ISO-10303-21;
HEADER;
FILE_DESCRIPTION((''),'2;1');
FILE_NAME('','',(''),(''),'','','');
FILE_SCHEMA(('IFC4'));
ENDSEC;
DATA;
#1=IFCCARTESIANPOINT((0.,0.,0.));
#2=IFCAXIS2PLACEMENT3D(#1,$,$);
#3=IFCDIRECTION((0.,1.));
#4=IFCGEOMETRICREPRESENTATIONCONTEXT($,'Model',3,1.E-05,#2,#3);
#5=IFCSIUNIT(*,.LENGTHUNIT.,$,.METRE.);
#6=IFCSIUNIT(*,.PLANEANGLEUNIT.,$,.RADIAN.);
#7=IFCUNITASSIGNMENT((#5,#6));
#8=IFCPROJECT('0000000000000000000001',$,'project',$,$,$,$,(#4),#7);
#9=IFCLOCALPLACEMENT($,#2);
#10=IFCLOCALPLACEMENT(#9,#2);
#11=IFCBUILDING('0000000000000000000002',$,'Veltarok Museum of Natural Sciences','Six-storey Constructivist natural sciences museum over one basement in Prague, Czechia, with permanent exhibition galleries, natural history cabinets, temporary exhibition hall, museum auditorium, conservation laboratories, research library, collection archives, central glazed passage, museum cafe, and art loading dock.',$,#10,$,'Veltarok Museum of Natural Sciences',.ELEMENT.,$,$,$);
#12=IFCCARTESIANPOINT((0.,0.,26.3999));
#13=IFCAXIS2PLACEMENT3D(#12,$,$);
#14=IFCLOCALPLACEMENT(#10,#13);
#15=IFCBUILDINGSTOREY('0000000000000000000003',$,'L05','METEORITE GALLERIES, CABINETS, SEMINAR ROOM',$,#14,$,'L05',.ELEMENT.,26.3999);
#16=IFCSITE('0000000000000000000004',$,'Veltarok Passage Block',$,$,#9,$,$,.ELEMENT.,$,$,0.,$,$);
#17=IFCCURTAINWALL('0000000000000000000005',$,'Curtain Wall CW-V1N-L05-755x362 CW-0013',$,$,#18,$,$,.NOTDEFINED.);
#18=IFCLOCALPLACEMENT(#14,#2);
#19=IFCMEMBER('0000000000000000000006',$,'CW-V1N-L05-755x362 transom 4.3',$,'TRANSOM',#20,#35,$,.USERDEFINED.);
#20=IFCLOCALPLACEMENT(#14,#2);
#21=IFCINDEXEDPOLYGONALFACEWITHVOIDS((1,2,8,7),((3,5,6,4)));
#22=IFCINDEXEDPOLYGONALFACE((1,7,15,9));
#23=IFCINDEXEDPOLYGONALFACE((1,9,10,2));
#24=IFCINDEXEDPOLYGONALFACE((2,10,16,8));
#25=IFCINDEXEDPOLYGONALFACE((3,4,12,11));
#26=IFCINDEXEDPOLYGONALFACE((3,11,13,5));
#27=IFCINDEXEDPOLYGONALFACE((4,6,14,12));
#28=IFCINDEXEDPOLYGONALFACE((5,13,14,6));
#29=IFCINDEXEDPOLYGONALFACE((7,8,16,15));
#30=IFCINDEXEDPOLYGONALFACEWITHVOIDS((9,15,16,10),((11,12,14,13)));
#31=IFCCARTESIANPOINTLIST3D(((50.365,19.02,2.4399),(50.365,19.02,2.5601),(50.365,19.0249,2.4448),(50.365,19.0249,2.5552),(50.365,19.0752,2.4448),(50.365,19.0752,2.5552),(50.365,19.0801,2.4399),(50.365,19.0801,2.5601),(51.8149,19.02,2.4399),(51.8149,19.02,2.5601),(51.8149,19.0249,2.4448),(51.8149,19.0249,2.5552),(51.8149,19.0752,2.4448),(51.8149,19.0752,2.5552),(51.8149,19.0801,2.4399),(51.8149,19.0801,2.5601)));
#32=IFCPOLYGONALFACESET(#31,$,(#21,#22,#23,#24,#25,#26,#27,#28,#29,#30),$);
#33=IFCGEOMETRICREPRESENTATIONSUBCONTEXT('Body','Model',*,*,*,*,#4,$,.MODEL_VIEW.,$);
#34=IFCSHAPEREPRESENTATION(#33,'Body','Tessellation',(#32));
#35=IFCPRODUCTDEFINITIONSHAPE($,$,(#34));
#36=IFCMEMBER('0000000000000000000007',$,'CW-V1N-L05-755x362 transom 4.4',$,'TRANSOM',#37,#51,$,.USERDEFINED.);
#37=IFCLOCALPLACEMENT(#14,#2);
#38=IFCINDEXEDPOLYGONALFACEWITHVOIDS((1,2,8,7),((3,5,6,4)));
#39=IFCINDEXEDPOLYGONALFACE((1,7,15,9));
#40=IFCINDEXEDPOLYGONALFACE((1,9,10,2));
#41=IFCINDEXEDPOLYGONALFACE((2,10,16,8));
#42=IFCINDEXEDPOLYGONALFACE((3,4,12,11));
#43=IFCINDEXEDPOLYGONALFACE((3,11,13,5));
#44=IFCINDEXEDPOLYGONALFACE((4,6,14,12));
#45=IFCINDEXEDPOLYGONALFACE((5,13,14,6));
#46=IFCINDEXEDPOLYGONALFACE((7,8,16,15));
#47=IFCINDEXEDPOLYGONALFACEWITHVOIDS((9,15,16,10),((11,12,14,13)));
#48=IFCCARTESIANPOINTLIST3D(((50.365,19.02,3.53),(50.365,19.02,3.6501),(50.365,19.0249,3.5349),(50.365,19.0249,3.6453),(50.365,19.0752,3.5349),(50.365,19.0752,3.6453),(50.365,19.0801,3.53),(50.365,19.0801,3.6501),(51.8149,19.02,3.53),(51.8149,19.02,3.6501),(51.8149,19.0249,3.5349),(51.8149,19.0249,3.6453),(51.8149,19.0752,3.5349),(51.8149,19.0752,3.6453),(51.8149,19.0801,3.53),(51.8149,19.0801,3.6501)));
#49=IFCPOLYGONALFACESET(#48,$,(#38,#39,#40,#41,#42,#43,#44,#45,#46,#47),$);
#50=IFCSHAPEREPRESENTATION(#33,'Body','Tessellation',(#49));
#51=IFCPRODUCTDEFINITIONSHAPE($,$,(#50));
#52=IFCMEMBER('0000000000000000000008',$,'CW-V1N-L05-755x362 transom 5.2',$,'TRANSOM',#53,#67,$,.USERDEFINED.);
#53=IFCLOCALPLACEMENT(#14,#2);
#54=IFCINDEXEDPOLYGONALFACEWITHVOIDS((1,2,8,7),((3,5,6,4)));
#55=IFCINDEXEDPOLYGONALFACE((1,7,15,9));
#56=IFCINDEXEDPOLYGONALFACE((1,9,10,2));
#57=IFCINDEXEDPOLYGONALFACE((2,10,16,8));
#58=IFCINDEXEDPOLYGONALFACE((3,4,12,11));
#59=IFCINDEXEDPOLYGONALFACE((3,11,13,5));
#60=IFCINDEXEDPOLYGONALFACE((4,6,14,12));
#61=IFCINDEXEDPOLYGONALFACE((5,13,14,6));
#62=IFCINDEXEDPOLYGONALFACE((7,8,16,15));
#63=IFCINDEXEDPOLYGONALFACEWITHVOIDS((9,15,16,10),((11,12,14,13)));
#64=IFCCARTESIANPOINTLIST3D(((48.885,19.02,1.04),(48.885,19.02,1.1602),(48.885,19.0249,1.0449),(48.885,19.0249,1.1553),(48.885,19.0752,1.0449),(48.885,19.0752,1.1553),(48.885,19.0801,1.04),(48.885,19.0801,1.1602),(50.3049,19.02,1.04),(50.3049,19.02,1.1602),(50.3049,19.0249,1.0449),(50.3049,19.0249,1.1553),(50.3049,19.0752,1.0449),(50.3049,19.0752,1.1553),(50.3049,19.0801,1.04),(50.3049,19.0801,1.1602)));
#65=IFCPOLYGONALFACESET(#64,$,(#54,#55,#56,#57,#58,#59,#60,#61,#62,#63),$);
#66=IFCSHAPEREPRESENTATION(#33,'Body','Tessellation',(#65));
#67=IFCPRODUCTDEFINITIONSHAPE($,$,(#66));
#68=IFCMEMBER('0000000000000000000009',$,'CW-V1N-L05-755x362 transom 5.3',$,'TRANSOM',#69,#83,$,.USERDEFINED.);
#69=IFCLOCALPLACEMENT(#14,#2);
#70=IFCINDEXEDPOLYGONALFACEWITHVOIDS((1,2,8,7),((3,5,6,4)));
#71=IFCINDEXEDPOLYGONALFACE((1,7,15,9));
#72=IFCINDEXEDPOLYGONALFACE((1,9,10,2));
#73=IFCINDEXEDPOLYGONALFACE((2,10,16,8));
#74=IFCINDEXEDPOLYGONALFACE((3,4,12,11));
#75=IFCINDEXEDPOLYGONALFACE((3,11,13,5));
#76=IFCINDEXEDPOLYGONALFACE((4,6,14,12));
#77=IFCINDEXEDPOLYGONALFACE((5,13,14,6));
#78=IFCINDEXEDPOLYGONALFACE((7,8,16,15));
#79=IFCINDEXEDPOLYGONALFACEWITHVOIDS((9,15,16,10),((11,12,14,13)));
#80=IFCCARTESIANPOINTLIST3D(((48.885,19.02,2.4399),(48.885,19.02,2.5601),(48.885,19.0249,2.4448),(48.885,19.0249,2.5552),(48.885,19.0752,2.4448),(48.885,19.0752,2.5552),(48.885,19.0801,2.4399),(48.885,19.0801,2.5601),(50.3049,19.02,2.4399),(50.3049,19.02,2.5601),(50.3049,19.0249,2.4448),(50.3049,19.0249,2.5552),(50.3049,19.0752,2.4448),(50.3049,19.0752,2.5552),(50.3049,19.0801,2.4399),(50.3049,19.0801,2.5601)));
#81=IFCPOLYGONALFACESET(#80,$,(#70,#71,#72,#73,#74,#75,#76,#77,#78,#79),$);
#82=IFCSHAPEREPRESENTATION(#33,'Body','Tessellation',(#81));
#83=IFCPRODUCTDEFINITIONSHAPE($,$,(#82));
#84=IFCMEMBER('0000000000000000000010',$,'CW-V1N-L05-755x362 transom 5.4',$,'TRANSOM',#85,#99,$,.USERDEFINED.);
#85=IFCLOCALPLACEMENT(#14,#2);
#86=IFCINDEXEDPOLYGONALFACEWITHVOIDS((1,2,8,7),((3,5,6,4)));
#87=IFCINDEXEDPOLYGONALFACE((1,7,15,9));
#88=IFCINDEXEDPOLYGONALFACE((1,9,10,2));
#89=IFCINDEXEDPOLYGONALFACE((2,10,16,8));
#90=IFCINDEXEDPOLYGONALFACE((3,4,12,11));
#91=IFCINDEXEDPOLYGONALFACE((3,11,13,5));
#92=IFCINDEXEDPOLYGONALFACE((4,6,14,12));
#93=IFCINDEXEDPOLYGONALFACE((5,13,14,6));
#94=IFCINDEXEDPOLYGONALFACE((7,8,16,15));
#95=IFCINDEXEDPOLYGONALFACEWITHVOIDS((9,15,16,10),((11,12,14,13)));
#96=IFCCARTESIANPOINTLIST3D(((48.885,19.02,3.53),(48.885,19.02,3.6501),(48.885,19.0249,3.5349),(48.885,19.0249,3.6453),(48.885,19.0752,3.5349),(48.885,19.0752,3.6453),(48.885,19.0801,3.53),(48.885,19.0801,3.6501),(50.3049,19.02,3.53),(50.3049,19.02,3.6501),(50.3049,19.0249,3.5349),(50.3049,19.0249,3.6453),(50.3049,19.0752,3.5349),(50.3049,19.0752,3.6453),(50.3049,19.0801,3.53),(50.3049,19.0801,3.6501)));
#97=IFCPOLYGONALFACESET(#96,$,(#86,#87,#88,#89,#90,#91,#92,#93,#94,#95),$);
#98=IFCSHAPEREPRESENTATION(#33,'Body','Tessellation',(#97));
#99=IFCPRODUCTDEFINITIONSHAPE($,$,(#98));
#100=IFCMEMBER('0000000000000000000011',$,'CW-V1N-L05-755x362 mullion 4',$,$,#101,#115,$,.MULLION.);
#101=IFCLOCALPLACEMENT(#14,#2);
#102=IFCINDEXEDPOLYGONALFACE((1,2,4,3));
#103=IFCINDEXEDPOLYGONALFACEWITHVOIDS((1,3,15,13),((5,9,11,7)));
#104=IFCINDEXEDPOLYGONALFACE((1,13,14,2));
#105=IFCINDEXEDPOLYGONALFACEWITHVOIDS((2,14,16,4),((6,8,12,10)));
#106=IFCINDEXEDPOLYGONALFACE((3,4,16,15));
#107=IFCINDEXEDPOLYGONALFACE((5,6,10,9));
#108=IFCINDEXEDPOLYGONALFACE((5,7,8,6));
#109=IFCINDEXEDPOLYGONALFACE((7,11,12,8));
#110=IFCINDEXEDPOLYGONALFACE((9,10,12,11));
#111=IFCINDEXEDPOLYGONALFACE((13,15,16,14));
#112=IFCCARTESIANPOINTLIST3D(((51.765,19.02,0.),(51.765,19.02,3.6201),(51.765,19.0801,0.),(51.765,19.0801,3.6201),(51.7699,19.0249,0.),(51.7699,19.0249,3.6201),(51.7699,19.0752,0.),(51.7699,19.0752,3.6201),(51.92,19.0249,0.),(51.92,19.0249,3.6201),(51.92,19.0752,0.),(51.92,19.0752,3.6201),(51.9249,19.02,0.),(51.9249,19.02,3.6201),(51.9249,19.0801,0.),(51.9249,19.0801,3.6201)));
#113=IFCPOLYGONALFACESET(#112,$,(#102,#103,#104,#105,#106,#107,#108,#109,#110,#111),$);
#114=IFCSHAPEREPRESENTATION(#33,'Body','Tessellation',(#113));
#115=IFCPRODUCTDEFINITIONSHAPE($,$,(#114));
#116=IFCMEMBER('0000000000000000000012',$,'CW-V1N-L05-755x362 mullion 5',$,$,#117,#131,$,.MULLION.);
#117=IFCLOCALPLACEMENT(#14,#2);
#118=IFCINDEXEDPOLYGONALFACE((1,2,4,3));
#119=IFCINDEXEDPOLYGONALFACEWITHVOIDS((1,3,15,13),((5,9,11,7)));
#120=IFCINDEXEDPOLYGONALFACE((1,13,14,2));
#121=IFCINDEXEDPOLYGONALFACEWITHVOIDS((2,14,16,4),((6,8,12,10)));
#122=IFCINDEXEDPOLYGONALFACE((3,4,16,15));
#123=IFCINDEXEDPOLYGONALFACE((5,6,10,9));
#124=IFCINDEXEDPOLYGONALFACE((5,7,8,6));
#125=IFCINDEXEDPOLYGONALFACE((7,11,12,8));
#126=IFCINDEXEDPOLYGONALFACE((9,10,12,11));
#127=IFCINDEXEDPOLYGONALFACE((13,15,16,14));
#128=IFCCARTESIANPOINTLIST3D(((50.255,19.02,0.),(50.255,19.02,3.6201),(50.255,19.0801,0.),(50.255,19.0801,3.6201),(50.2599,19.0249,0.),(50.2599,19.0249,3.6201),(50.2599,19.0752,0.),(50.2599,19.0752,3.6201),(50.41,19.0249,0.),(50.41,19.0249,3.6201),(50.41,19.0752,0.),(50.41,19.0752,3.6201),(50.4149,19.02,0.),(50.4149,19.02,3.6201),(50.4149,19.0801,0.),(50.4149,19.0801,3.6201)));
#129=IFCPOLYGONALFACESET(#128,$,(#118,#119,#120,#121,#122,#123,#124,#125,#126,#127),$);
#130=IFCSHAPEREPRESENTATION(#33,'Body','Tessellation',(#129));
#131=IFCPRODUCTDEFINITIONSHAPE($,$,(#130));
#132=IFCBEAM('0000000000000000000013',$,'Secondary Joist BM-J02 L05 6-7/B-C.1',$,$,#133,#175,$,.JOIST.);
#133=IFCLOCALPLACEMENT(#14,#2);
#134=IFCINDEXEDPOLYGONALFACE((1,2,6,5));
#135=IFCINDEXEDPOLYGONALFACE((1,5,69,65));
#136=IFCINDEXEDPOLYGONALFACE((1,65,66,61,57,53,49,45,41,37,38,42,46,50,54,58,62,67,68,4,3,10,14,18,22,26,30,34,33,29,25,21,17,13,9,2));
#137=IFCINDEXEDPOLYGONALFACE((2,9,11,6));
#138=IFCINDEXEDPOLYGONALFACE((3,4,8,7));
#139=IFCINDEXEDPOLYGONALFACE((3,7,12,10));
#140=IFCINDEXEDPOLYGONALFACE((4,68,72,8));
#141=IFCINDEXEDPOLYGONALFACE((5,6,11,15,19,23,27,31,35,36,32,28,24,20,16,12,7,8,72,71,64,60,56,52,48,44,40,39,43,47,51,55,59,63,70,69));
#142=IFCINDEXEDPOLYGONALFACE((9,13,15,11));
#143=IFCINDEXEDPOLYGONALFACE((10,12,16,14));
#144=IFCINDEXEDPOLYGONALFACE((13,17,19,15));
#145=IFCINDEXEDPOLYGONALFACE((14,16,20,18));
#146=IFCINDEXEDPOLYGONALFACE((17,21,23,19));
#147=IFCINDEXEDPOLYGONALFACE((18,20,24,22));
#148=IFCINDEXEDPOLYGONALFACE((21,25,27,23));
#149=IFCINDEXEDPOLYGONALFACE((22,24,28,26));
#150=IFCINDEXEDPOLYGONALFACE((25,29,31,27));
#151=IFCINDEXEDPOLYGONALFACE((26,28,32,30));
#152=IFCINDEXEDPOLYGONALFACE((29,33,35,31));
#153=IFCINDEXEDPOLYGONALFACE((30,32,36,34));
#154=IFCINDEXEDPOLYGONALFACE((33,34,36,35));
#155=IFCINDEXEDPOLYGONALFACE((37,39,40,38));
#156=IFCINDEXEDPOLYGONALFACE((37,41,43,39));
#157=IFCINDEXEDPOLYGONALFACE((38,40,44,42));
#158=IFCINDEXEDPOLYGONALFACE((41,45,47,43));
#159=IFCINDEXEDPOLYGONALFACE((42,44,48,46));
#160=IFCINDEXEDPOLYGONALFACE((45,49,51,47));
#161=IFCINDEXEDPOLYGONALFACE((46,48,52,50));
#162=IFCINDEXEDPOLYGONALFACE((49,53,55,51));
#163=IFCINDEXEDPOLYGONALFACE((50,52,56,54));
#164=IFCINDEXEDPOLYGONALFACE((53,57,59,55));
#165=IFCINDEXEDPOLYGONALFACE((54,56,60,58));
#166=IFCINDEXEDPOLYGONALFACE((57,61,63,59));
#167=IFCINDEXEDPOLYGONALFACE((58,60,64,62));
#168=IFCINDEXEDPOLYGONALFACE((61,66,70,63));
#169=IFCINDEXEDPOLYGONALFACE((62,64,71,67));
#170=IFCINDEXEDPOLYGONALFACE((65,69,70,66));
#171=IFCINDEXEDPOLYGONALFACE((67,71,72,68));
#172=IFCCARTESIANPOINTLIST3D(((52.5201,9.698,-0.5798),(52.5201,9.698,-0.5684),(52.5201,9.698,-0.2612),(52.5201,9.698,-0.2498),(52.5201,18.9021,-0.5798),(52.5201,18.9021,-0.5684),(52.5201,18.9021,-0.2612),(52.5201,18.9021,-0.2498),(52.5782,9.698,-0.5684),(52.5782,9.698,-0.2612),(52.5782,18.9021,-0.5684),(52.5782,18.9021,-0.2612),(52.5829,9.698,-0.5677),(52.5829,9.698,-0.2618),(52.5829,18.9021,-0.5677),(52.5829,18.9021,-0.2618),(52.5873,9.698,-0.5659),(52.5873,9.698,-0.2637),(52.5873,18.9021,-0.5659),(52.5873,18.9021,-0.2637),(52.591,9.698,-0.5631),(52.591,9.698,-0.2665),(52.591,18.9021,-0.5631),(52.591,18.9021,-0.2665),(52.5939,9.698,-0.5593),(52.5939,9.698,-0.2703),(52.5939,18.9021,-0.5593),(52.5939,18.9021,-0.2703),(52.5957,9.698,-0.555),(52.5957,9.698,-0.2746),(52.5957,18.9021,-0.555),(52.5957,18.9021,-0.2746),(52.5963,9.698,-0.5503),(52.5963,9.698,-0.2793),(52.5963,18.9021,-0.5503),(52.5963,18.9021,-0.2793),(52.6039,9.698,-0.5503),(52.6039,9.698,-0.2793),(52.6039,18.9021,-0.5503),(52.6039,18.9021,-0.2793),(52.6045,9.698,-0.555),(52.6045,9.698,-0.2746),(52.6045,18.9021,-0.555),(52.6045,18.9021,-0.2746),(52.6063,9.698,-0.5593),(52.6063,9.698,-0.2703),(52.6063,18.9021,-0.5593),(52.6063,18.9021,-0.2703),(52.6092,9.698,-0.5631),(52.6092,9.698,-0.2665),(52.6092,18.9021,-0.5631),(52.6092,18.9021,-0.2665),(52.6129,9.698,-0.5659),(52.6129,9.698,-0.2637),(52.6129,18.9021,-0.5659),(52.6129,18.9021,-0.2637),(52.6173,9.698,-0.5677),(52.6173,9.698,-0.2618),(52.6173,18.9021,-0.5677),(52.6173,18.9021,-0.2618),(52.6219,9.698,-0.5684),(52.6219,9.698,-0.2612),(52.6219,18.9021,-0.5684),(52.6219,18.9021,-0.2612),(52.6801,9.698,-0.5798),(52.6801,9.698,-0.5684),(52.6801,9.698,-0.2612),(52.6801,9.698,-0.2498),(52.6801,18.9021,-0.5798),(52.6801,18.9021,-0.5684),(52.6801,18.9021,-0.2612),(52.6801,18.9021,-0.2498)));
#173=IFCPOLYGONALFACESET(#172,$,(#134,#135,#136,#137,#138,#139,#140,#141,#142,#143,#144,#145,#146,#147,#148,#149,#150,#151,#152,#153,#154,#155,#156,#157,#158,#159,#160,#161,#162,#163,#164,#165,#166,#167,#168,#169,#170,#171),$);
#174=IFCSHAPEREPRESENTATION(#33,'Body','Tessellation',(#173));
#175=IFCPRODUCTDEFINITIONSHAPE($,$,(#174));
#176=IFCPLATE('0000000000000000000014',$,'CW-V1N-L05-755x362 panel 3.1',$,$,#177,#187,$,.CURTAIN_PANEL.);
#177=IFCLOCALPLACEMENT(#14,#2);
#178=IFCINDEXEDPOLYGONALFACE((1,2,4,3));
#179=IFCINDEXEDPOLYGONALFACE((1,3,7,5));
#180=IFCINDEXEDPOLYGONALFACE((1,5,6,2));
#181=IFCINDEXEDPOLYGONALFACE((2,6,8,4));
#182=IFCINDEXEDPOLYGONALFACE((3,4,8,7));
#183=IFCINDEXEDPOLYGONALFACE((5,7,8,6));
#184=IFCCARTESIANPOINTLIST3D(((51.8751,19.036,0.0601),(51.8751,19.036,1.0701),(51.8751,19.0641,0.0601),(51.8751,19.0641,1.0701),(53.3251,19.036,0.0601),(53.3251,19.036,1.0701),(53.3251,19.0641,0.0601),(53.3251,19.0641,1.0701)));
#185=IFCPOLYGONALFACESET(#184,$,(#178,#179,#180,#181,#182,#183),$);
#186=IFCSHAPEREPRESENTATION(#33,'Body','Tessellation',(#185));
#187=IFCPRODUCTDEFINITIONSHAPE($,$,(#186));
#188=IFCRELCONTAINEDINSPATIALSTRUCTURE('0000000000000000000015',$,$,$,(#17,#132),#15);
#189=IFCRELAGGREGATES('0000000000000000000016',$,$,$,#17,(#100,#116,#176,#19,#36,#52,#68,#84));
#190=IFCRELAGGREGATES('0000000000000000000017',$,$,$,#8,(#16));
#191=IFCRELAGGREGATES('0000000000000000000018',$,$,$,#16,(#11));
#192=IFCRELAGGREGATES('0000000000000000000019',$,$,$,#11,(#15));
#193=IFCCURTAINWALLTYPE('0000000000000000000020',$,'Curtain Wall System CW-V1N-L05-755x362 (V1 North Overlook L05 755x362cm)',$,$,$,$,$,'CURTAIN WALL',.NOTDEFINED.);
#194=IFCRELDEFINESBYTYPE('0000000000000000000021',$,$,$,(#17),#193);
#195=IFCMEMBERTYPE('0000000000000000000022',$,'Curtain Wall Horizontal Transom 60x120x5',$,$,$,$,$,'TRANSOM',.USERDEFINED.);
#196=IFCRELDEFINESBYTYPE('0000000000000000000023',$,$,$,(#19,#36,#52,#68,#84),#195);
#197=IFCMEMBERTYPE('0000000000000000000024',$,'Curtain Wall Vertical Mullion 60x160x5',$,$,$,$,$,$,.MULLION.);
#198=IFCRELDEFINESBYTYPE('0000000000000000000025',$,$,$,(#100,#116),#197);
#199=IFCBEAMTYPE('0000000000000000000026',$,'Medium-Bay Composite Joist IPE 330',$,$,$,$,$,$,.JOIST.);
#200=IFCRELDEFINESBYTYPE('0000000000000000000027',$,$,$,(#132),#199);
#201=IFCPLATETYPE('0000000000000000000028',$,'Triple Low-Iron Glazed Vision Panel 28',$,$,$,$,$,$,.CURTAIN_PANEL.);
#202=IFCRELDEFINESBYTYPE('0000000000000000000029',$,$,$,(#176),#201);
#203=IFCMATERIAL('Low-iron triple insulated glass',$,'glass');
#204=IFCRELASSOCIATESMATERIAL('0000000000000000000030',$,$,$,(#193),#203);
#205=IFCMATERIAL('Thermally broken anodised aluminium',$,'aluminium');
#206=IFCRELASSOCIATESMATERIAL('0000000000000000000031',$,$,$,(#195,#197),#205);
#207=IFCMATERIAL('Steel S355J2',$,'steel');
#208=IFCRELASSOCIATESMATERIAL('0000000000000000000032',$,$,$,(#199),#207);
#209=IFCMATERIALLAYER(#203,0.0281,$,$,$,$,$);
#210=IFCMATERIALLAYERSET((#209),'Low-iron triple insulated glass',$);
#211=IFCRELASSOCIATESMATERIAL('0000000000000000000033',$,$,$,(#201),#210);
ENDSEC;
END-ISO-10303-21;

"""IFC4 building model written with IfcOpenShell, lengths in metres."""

from ifc_helpers import new_model, si_unit, direction, frame, origin, origin_2d, place, context, subcontext, project, spatial, rectangle, hollow_rectangle, i_section, extrude, material, layer, layer_set, material_profile, profile_set, type_object, element, aggregate, save


model = new_model("IFC4")

# Units and contexts
model_context = context("Model", 3, precision=1e-05, world=origin(), true_north=direction((0.0, 1.0)))
body_context = subcontext(model_context, "Body", "Model", "MODEL_VIEW")
ifc_project = project(units=[si_unit("LENGTHUNIT", "METRE"), si_unit("PLANEANGLEUNIT", "RADIAN")], contexts=[model_context])

# Site, building, storey
site_placement = place(None, origin())
site = spatial("IfcSite", under=ifc_project, at=site_placement, Name="Veltarok Passage Block", CompositionType="ELEMENT", RefElevation=0.0)
building_placement = place(site_placement, origin())
building = spatial("IfcBuilding", under=site, at=building_placement, Name="Veltarok Museum of Natural Sciences", Description="Six-storey Constructivist natural sciences museum over one basement in Prague, Czechia, with permanent exhibition galleries, natural history cabinets, temporary exhibition hall, museum auditorium, conservation laboratories, research library, collection archives, central glazed passage, museum cafe, and art loading dock.", LongName="Veltarok Museum of Natural Sciences", CompositionType="ELEMENT")
storey_placement = place(building_placement, frame((0.0, 0.0, 26.3999)))
storey = spatial("IfcBuildingStorey", under=building, at=storey_placement, Name="L05", Description="METEORITE GALLERIES, CABINETS, SEMINAR ROOM", LongName="L05", CompositionType="ELEMENT", Elevation=26.3999)

# Shared definitions
ifc_material_1 = material(Name="Steel S355J2", Category="steel")

# Curtain wall, members
ifc_material_2 = material(Name="Low-iron triple insulated glass", Category="glass")
curtain_wall_type = type_object("IfcCurtainWallType", Name="Curtain Wall System CW-V1N-L05-755x362 (V1 North Overlook L05 755x362cm)", ElementType="CURTAIN WALL", PredefinedType="NOTDEFINED", material=ifc_material_2)
curtain_wall_placement = place(storey_placement, origin())
curtain_wall = element("IfcCurtainWall", 1, at=curtain_wall_placement, inside=storey, type_object=curtain_wall_type, Name="Curtain Wall CW-V1N-L05-755x362 CW-0013", PredefinedType="NOTDEFINED")
ifc_material_3 = material(Name="Thermally broken anodised aluminium", Category="aluminium")
ifc_material_profile_1 = material_profile(ifc_material_3, hollow_rectangle(XDim=0.0601, YDim=0.1201, WallThickness=0.0049, at=origin_2d()), Name="CW TRANSOM 60x120x5")
ifc_profile_set_1 = profile_set([ifc_material_profile_1], Name="Thermally broken anodised aluminium")
member_type_1 = type_object("IfcMemberType", Name="Curtain Wall Horizontal Transom 60x120x5", ElementType="TRANSOM", PredefinedType="USERDEFINED", material=ifc_profile_set_1)
member_1_placement = place(storey_placement, frame((51.8149, 19.05, 2.5), z_axis=(-1.0, 0.0, 0.0), x_axis=(0.0, -1.0, 0.0)))
member_1 = element("IfcMember", 2, at=member_1_placement, type_object=member_type_1, Name="CW-V1N-L05-755x362 transom 4.3", ObjectType="TRANSOM", PredefinedType="USERDEFINED", context=body_context, shape_type="SweptSolid", body=[
    extrude(hollow_rectangle(XDim=0.0601, YDim=0.1201, WallThickness=0.0049, at=origin_2d()), origin(), (0.0, 0.0, 1.0), 1.45),
])
member_2_placement = place(storey_placement, frame((51.8149, 19.05, 3.5901), z_axis=(-1.0, 0.0, 0.0), x_axis=(0.0, -1.0, 0.0)))
member_2 = element("IfcMember", 3, at=member_2_placement, type_object=member_type_1, Name="CW-V1N-L05-755x362 transom 4.4", ObjectType="TRANSOM", PredefinedType="USERDEFINED", context=body_context, shape_type="SweptSolid", body=[
    extrude(hollow_rectangle(XDim=0.0601, YDim=0.1201, WallThickness=0.0049, at=origin_2d()), origin(), (0.0, 0.0, 1.0), 1.45),
])
member_3_placement = place(storey_placement, frame((50.3049, 19.05, 1.1001), z_axis=(-1.0, 0.0, 0.0), x_axis=(0.0, -1.0, 0.0)))
member_3 = element("IfcMember", 4, at=member_3_placement, type_object=member_type_1, Name="CW-V1N-L05-755x362 transom 5.2", ObjectType="TRANSOM", PredefinedType="USERDEFINED", context=body_context, shape_type="SweptSolid", body=[
    extrude(hollow_rectangle(XDim=0.0601, YDim=0.1201, WallThickness=0.0049, at=origin_2d()), origin(), (0.0, 0.0, 1.0), 1.4199),
])
member_4_placement = place(storey_placement, frame((50.3049, 19.05, 2.5), z_axis=(-1.0, 0.0, 0.0), x_axis=(0.0, -1.0, 0.0)))
member_4 = element("IfcMember", 5, at=member_4_placement, type_object=member_type_1, Name="CW-V1N-L05-755x362 transom 5.3", ObjectType="TRANSOM", PredefinedType="USERDEFINED", context=body_context, shape_type="SweptSolid", body=[
    extrude(hollow_rectangle(XDim=0.0601, YDim=0.1201, WallThickness=0.0049, at=origin_2d()), origin(), (0.0, 0.0, 1.0), 1.4199),
])
member_5_placement = place(storey_placement, frame((50.3049, 19.05, 3.5901), z_axis=(-1.0, 0.0, 0.0), x_axis=(0.0, -1.0, 0.0)))
member_5 = element("IfcMember", 6, at=member_5_placement, type_object=member_type_1, Name="CW-V1N-L05-755x362 transom 5.4", ObjectType="TRANSOM", PredefinedType="USERDEFINED", context=body_context, shape_type="SweptSolid", body=[
    extrude(hollow_rectangle(XDim=0.0601, YDim=0.1201, WallThickness=0.0049, at=origin_2d()), origin(), (0.0, 0.0, 1.0), 1.4199),
])
ifc_material_profile_2 = material_profile(ifc_material_3, hollow_rectangle(XDim=0.0601, YDim=0.1599, WallThickness=0.0049, at=origin_2d()), Name="CW MULLION 60x160x5")
ifc_profile_set_2 = profile_set([ifc_material_profile_2], Name="Thermally broken anodised aluminium")
member_type_2 = type_object("IfcMemberType", Name="Curtain Wall Vertical Mullion 60x160x5", PredefinedType="MULLION", material=ifc_profile_set_2)
member_6_placement = place(storey_placement, frame((51.845, 19.05, 0.0), z_axis=(0.0, 0.0, 1.0), x_axis=(0.0, -1.0, 0.0)))
member_6 = element("IfcMember", 7, at=member_6_placement, type_object=member_type_2, Name="CW-V1N-L05-755x362 mullion 4", PredefinedType="MULLION", context=body_context, shape_type="SweptSolid", body=[
    extrude(hollow_rectangle(XDim=0.0601, YDim=0.1599, WallThickness=0.0049, at=origin_2d()), origin(), (0.0, 0.0, 1.0), 3.6201),
])
member_7_placement = place(storey_placement, frame((50.335, 19.05, 0.0), z_axis=(0.0, 0.0, 1.0), x_axis=(0.0, -1.0, 0.0)))
member_7 = element("IfcMember", 8, at=member_7_placement, type_object=member_type_2, Name="CW-V1N-L05-755x362 mullion 5", PredefinedType="MULLION", context=body_context, shape_type="SweptSolid", body=[
    extrude(hollow_rectangle(XDim=0.0601, YDim=0.1599, WallThickness=0.0049, at=origin_2d()), origin(), (0.0, 0.0, 1.0), 3.6201),
])

# Beam
ifc_material_profile_3 = material_profile(ifc_material_1, i_section(OverallWidth=0.1599, OverallDepth=0.3301, WebThickness=0.0076, FlangeThickness=0.0115, FilletRadius=0.0181, at=origin_2d()), Name="IPE 330")
ifc_profile_set_3 = profile_set([ifc_material_profile_3], Name="Steel S355J2")
beam_type_1 = type_object("IfcBeamType", Name="Medium-Bay Composite Joist IPE 330", PredefinedType="JOIST", material=ifc_profile_set_3)
beam_1_placement = place(storey_placement, frame((52.6001, 9.698, -0.4148), z_axis=(0.0, 1.0, 0.0), x_axis=(-1.0, 0.0, 0.0)))
element("IfcBeam", 9, at=beam_1_placement, inside=storey, type_object=beam_type_1, Name="Secondary Joist BM-J02 L05 6-7/B-C.1", PredefinedType="JOIST", context=body_context, shape_type="SweptSolid", body=[
    extrude(i_section(OverallWidth=0.1599, OverallDepth=0.3301, WebThickness=0.0076, FlangeThickness=0.0115, FilletRadius=0.0181, at=origin_2d()), origin(), (0.0, 0.0, 1.0), 9.2041),
])

# Plate
ifc_layer_1 = layer(ifc_material_2, 0.0281)
ifc_layer_set_1 = layer_set([ifc_layer_1], Name="Low-iron triple insulated glass")
plate_type = type_object("IfcPlateType", Name="Triple Low-Iron Glazed Vision Panel 28", PredefinedType="CURTAIN_PANEL", material=ifc_layer_set_1)
plate_1_placement = place(storey_placement, frame((52.6001, 19.05, 0.0601), z_axis=(0.0, 0.0, 1.0), x_axis=(-1.0, 0.0, 0.0)))
plate_1 = element("IfcPlate", 10, at=plate_1_placement, type_object=plate_type, Name="CW-V1N-L05-755x362 panel 3.1", PredefinedType="CURTAIN_PANEL", context=body_context, shape_type="SweptSolid", body=[
    extrude(rectangle(XDim=1.45, YDim=0.0281, at=origin_2d()), origin(), (0.0, 0.0, 1.0), 1.01),
])
aggregate(curtain_wall, [member_6, member_7, plate_1, member_1, member_2, member_3, member_4, member_5])

save(model, "model.ifc")
